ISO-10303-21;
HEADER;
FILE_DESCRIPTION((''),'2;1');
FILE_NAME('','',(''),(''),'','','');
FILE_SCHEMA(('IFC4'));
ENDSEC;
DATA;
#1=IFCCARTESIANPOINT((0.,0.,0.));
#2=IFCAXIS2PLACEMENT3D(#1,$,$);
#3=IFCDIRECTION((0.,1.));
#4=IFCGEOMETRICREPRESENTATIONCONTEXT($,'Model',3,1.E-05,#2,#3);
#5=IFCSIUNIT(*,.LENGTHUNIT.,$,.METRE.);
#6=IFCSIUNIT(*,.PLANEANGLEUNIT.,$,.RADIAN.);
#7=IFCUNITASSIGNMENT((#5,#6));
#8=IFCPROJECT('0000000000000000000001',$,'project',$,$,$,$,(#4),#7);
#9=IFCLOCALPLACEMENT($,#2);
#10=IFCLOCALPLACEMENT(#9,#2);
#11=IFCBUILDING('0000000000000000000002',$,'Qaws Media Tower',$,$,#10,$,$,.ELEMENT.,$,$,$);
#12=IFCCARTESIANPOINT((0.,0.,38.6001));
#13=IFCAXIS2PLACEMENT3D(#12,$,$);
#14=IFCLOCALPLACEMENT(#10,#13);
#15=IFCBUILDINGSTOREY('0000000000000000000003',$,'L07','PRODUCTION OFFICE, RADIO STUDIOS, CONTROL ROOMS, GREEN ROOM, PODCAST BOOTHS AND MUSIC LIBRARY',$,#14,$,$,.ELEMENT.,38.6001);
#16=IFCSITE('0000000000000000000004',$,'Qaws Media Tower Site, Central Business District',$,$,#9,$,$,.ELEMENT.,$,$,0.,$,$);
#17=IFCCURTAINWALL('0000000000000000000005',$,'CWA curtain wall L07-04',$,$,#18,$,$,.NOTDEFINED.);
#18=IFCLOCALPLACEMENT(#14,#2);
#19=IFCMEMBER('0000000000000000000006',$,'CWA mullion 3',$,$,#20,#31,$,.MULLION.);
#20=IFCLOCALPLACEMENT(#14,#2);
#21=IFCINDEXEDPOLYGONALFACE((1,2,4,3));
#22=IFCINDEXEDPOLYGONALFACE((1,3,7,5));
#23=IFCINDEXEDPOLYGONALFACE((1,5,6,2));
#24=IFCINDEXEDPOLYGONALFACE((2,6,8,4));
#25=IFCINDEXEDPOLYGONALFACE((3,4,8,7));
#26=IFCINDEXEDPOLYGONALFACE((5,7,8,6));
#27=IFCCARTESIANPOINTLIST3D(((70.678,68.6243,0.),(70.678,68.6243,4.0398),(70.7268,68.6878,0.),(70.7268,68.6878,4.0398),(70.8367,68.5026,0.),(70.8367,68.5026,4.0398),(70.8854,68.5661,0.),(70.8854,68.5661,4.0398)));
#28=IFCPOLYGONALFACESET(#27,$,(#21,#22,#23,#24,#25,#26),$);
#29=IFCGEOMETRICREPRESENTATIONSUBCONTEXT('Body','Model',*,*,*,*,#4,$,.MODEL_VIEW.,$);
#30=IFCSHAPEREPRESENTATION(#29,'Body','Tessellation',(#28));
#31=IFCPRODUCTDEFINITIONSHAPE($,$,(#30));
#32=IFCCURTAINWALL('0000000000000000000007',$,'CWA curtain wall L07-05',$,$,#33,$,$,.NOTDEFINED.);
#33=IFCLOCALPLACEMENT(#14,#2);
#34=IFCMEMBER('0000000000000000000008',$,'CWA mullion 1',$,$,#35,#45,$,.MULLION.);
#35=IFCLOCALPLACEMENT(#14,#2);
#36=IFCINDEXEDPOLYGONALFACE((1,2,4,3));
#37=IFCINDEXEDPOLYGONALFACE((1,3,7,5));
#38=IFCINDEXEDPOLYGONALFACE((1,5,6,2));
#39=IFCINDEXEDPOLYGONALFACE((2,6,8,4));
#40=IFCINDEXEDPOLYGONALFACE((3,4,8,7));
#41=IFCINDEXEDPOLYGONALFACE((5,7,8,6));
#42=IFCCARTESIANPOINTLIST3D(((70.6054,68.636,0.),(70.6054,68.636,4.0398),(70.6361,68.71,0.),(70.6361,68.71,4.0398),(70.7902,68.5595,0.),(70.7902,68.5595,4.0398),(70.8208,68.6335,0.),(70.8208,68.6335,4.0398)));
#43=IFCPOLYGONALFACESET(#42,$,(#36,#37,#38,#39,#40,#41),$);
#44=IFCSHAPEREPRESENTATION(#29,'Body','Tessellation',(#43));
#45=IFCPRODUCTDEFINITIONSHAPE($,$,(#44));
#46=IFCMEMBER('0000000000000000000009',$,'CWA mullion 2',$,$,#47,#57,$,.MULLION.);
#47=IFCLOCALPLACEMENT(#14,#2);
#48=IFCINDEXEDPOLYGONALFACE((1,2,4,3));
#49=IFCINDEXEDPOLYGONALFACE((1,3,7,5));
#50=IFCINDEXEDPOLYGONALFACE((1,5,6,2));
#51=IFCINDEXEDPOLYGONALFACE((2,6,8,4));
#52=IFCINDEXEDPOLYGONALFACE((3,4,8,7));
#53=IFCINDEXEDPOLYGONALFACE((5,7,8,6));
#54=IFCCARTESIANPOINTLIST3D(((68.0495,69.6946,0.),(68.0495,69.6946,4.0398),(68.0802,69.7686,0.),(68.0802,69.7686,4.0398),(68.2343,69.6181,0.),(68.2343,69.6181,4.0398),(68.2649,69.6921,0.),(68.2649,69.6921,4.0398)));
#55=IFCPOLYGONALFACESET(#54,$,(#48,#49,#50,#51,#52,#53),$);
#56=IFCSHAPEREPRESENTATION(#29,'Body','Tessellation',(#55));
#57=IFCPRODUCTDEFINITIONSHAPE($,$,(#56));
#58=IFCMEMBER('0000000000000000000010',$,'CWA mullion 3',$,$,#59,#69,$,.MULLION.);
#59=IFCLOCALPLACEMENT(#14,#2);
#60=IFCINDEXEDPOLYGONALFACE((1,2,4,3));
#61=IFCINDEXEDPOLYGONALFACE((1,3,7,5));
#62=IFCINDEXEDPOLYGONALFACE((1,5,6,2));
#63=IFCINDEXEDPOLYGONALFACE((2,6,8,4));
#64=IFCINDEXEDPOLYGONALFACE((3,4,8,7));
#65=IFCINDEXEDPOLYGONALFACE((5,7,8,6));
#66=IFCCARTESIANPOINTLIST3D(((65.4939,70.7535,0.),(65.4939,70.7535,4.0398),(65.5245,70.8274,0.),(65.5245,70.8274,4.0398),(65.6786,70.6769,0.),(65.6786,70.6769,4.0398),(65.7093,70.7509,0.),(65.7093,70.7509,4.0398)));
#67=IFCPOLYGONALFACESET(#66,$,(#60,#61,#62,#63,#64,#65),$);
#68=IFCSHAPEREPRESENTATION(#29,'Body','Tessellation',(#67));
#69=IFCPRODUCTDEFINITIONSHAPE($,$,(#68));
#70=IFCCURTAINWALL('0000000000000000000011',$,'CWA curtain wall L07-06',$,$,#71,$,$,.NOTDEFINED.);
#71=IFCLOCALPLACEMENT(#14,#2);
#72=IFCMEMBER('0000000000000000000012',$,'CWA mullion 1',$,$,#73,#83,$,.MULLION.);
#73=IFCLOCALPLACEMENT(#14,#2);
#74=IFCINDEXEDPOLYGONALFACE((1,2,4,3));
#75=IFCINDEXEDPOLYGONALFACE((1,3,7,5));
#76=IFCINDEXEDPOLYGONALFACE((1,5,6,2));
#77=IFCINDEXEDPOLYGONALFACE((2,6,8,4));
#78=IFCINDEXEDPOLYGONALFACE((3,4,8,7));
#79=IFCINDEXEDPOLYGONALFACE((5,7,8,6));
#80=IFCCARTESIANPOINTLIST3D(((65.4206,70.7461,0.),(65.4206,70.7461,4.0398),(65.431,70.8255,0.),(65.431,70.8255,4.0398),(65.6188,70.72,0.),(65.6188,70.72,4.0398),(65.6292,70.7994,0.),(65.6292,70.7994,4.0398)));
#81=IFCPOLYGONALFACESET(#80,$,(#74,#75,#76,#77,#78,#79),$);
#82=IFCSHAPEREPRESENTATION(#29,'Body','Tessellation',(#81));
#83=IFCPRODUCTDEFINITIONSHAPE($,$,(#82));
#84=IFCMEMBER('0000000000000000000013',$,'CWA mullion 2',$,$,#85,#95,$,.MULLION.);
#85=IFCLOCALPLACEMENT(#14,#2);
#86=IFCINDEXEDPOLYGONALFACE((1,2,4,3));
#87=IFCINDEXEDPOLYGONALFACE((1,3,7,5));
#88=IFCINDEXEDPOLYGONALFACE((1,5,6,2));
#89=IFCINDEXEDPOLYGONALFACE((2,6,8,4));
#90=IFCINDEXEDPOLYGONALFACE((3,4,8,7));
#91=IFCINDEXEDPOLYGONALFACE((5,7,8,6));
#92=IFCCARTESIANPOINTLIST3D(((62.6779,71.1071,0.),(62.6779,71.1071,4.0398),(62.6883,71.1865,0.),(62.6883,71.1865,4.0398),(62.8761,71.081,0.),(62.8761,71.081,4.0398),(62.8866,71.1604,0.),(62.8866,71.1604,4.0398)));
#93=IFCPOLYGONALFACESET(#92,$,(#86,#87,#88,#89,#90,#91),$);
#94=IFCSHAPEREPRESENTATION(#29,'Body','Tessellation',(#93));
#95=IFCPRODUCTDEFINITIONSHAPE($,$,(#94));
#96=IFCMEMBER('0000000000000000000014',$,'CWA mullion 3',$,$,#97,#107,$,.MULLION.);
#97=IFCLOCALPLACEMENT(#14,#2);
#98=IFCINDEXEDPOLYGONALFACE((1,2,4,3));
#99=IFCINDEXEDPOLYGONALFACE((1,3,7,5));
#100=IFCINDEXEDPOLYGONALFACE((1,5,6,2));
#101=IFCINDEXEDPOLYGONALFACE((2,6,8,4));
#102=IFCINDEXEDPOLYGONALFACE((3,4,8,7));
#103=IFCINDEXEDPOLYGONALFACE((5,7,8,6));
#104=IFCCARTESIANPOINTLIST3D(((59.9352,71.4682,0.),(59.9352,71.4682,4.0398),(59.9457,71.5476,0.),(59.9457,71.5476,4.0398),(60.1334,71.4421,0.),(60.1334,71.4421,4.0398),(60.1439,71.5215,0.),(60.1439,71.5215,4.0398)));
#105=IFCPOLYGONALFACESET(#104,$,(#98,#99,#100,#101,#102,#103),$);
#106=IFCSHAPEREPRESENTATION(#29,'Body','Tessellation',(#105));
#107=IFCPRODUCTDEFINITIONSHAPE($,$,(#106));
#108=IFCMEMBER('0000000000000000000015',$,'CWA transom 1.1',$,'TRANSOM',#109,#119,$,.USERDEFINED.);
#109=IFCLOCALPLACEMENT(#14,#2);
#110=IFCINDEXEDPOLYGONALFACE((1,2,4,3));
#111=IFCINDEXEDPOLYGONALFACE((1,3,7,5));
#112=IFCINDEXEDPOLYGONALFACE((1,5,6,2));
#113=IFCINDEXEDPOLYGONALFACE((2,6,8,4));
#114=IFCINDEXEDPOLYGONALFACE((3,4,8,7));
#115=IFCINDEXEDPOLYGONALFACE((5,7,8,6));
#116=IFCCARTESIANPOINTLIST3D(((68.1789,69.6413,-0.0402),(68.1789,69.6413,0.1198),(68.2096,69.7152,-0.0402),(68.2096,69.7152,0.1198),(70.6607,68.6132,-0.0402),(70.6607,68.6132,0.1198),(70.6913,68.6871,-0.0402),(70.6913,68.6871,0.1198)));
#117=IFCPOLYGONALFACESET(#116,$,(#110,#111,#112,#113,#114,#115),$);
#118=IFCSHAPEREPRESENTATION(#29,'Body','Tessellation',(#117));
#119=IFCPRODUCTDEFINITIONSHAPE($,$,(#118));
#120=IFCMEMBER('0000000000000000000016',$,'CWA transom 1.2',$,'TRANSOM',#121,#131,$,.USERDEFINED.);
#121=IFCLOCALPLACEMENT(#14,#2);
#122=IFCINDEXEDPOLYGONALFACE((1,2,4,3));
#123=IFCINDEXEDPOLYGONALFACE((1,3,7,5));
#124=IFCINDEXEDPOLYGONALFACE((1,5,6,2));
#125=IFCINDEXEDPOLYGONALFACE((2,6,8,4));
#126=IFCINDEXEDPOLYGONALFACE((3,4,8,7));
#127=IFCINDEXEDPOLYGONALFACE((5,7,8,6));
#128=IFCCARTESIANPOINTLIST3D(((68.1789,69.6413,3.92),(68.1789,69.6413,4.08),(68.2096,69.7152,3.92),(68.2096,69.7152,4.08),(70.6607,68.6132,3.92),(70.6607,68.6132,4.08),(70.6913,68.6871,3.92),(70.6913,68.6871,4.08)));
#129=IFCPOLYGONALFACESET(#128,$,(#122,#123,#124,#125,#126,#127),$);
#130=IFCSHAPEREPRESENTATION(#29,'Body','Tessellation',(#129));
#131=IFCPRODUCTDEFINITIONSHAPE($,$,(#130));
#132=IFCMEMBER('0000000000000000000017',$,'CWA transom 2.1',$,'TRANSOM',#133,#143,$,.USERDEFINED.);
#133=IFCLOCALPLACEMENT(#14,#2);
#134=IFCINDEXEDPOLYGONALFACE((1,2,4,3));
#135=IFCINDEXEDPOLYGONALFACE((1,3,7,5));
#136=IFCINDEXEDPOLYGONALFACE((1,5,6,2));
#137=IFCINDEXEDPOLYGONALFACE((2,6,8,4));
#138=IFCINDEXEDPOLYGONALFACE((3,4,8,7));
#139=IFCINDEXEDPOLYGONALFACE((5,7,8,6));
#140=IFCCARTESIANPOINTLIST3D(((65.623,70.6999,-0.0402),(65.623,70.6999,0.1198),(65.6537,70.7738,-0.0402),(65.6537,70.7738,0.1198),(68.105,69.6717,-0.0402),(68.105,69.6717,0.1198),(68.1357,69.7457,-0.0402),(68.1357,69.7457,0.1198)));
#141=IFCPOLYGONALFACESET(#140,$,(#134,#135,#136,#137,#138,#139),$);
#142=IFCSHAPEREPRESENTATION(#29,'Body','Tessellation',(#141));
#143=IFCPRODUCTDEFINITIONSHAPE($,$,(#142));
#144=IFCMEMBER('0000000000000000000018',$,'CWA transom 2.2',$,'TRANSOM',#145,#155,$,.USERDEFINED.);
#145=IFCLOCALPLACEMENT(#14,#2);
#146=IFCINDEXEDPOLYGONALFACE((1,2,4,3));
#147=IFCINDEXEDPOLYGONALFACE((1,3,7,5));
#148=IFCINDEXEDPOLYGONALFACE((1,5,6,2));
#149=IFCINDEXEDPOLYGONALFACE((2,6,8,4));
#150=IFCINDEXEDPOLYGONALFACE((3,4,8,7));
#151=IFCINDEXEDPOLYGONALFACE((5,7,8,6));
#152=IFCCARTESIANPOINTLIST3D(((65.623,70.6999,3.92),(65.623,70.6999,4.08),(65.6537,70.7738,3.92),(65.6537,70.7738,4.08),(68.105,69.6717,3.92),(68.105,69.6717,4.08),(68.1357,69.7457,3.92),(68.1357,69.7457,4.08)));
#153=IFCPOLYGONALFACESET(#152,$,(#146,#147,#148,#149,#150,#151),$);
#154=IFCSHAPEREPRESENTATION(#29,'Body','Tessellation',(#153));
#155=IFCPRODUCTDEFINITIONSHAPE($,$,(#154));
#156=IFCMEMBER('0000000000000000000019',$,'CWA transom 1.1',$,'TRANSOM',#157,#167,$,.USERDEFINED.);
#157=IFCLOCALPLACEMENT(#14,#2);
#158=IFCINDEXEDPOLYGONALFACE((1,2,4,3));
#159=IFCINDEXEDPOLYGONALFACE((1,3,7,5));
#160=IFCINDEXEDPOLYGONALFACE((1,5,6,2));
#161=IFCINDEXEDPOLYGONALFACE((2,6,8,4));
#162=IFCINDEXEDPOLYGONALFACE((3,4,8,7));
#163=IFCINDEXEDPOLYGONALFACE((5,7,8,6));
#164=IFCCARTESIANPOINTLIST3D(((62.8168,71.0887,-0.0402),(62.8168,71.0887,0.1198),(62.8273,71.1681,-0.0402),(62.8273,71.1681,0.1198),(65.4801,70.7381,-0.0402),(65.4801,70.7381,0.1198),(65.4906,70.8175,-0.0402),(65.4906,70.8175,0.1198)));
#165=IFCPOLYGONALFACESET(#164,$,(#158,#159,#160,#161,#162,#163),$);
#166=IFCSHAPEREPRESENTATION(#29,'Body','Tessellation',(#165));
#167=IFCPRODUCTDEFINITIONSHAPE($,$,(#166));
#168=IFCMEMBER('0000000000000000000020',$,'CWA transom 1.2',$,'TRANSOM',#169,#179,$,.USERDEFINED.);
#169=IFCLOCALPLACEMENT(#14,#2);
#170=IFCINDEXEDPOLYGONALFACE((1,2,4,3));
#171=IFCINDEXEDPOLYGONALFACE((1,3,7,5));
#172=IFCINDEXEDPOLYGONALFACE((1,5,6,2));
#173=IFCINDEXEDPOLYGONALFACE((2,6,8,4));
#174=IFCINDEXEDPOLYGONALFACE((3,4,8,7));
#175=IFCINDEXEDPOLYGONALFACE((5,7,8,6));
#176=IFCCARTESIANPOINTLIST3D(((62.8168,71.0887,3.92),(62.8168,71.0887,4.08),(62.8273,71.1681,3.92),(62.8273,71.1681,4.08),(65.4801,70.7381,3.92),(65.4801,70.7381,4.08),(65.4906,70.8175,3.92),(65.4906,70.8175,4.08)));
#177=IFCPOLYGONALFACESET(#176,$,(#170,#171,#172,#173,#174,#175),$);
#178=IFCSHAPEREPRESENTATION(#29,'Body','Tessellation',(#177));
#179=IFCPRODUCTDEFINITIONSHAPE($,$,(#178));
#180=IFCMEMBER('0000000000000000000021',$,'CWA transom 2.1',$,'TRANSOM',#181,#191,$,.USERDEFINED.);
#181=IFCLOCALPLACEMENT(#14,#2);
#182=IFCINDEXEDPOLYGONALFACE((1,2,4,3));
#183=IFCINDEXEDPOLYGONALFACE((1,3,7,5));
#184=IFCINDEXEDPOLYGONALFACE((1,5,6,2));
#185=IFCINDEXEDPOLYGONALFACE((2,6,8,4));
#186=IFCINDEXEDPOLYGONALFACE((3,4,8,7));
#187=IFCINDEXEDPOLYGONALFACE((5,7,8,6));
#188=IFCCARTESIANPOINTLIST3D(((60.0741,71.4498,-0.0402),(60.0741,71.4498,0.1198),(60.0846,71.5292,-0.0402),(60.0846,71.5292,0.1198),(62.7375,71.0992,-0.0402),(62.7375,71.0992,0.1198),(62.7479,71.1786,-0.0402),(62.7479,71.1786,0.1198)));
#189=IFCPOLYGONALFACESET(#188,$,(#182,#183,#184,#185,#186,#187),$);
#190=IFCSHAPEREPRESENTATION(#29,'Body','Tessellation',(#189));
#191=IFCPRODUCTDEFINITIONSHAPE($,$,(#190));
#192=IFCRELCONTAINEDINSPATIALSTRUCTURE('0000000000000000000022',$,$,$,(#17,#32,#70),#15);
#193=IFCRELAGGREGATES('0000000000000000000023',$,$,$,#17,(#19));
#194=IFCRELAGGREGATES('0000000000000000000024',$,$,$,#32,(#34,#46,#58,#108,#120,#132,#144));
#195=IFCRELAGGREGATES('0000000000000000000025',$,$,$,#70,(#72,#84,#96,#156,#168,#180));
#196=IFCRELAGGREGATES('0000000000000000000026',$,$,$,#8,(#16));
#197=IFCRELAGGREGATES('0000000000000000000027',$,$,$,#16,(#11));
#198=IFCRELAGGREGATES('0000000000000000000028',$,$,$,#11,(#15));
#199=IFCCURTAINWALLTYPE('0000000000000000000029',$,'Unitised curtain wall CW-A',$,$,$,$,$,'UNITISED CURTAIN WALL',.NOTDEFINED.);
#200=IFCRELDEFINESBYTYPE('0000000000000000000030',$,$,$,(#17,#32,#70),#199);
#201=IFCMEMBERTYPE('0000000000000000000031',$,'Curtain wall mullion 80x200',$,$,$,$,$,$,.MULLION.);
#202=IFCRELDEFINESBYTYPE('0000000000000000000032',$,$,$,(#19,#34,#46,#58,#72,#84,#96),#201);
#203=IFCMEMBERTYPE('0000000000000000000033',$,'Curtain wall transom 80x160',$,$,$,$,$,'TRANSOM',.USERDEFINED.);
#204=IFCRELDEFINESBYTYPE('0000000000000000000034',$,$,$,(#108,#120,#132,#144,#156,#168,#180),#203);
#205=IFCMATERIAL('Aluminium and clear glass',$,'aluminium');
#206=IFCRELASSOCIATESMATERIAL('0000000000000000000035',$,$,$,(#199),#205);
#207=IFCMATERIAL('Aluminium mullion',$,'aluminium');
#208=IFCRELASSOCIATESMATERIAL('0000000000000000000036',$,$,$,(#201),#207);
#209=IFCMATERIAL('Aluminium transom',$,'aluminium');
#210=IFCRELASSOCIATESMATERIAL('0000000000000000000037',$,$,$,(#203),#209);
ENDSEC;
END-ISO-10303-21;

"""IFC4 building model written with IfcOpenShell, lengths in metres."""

from ifc_helpers import new_model, si_unit, direction, frame, origin, origin_2d, place, context, subcontext, project, spatial, rectangle, extrude, material, material_profile, profile_set, type_object, element, aggregate, save


model = new_model("IFC4")

# Units and contexts
model_context = context("Model", 3, precision=1e-05, world=origin(), true_north=direction((0.0, 1.0)))
body_context = subcontext(model_context, "Body", "Model", "MODEL_VIEW")
ifc_project = project(units=[si_unit("LENGTHUNIT", "METRE"), si_unit("PLANEANGLEUNIT", "RADIAN")], contexts=[model_context])

# Site, building, storey
site_placement = place(None, origin())
site = spatial("IfcSite", under=ifc_project, at=site_placement, Name="Qaws Media Tower Site, Central Business District", CompositionType="ELEMENT", RefElevation=0.0)
building_placement = place(site_placement, origin())
building = spatial("IfcBuilding", under=site, at=building_placement, Name="Qaws Media Tower", CompositionType="ELEMENT")
storey_placement = place(building_placement, frame((0.0, 0.0, 38.6001)))
storey = spatial("IfcBuildingStorey", under=building, at=storey_placement, Name="L07", Description="PRODUCTION OFFICE, RADIO STUDIOS, CONTROL ROOMS, GREEN ROOM, PODCAST BOOTHS AND MUSIC LIBRARY", CompositionType="ELEMENT", Elevation=38.6001)

# Curtain wall, member
ifc_material_1 = material(Name="Aluminium and clear glass", Category="aluminium")
curtain_wall_type = type_object("IfcCurtainWallType", Name="Unitised curtain wall CW-A", ElementType="UNITISED CURTAIN WALL", PredefinedType="NOTDEFINED", material=ifc_material_1)
curtain_wall_1_placement = place(storey_placement, origin())
curtain_wall_1 = element("IfcCurtainWall", 1, at=curtain_wall_1_placement, inside=storey, type_object=curtain_wall_type, Name="CWA curtain wall L07-04", PredefinedType="NOTDEFINED")
ifc_material_2 = material(Name="Aluminium mullion", Category="aluminium")
ifc_material_profile_1 = material_profile(ifc_material_2, rectangle(XDim=0.0801, YDim=0.2, at=origin_2d()), Name="80x200")
ifc_profile_set_1 = profile_set([ifc_material_profile_1], Name="Aluminium mullion")
member_type_1 = type_object("IfcMemberType", Name="Curtain wall mullion 80x200", PredefinedType="MULLION", material=ifc_profile_set_1)
member_1_placement = place(storey_placement, frame((70.7817, 68.5952, 0.0), z_axis=(0.0, 0.0, 1.0), x_axis=(-0.608761, -0.793353, 0.0)))
member_1 = element("IfcMember", 2, at=member_1_placement, type_object=member_type_1, Name="CWA mullion 3", PredefinedType="MULLION", context=body_context, shape_type="SweptSolid", body=[
    extrude(rectangle(XDim=0.0801, YDim=0.2, at=origin_2d()), origin(), (0.0, 0.0, 1.0), 4.0398),
])
aggregate(curtain_wall_1, [member_1])

# Curtain walls, members
curtain_wall_2_placement = place(storey_placement, origin())
curtain_wall_2 = element("IfcCurtainWall", 3, at=curtain_wall_2_placement, inside=storey, type_object=curtain_wall_type, Name="CWA curtain wall L07-05", PredefinedType="NOTDEFINED")
member_2_placement = place(storey_placement, frame((70.7131, 68.6348, 0.0), z_axis=(0.0, 0.0, 1.0), x_axis=(-0.382683, -0.92388, 0.0)))
member_2 = element("IfcMember", 4, at=member_2_placement, type_object=member_type_1, Name="CWA mullion 1", PredefinedType="MULLION", context=body_context, shape_type="SweptSolid", body=[
    extrude(rectangle(XDim=0.0801, YDim=0.2, at=origin_2d()), origin(), (0.0, 0.0, 1.0), 4.0398),
])
member_3_placement = place(storey_placement, frame((68.1572, 69.6934, 0.0), z_axis=(0.0, 0.0, 1.0), x_axis=(-0.382683, -0.92388, 0.0)))
member_3 = element("IfcMember", 5, at=member_3_placement, type_object=member_type_1, Name="CWA mullion 2", PredefinedType="MULLION", context=body_context, shape_type="SweptSolid", body=[
    extrude(rectangle(XDim=0.0801, YDim=0.2, at=origin_2d()), origin(), (0.0, 0.0, 1.0), 4.0398),
])
member_4_placement = place(storey_placement, frame((65.6016, 70.7522, 0.0), z_axis=(0.0, 0.0, 1.0), x_axis=(-0.382683, -0.92388, 0.0)))
member_4 = element("IfcMember", 6, at=member_4_placement, type_object=member_type_1, Name="CWA mullion 3", PredefinedType="MULLION", context=body_context, shape_type="SweptSolid", body=[
    extrude(rectangle(XDim=0.0801, YDim=0.2, at=origin_2d()), origin(), (0.0, 0.0, 1.0), 4.0398),
])
curtain_wall_3_placement = place(storey_placement, origin())
curtain_wall_3 = element("IfcCurtainWall", 7, at=curtain_wall_3_placement, inside=storey, type_object=curtain_wall_type, Name="CWA curtain wall L07-06", PredefinedType="NOTDEFINED")
member_5_placement = place(storey_placement, frame((65.5249, 70.7727, 0.0), z_axis=(0.0, 0.0, 1.0), x_axis=(-0.130526, -0.991445, 0.0)))
member_5 = element("IfcMember", 8, at=member_5_placement, type_object=member_type_1, Name="CWA mullion 1", PredefinedType="MULLION", context=body_context, shape_type="SweptSolid", body=[
    extrude(rectangle(XDim=0.0801, YDim=0.2, at=origin_2d()), origin(), (0.0, 0.0, 1.0), 4.0398),
])
member_6_placement = place(storey_placement, frame((62.7822, 71.1338, 0.0), z_axis=(0.0, 0.0, 1.0), x_axis=(-0.130526, -0.991445, 0.0)))
member_6 = element("IfcMember", 9, at=member_6_placement, type_object=member_type_1, Name="CWA mullion 2", PredefinedType="MULLION", context=body_context, shape_type="SweptSolid", body=[
    extrude(rectangle(XDim=0.0801, YDim=0.2, at=origin_2d()), origin(), (0.0, 0.0, 1.0), 4.0398),
])
member_7_placement = place(storey_placement, frame((60.0396, 71.4949, 0.0), z_axis=(0.0, 0.0, 1.0), x_axis=(-0.130526, -0.991445, 0.0)))
member_7 = element("IfcMember", 10, at=member_7_placement, type_object=member_type_1, Name="CWA mullion 3", PredefinedType="MULLION", context=body_context, shape_type="SweptSolid", body=[
    extrude(rectangle(XDim=0.0801, YDim=0.2, at=origin_2d()), origin(), (0.0, 0.0, 1.0), 4.0398),
])

# Members
ifc_material_3 = material(Name="Aluminium transom", Category="aluminium")
ifc_material_profile_2 = material_profile(ifc_material_3, rectangle(XDim=0.0801, YDim=0.1599, at=origin_2d()), Name="80x160")
ifc_profile_set_2 = profile_set([ifc_material_profile_2], Name="Aluminium transom")
member_type_2 = type_object("IfcMemberType", Name="Curtain wall transom 80x160", ElementType="TRANSOM", PredefinedType="USERDEFINED", material=ifc_profile_set_2)
member_8_placement = place(storey_placement, frame((70.676, 68.6501, 0.0398), z_axis=(-0.923863, 0.382724, 0.0), x_axis=(-0.382724, -0.923863, 0.0)))
member_8 = element("IfcMember", 11, at=member_8_placement, type_object=member_type_2, Name="CWA transom 1.1", ObjectType="TRANSOM", PredefinedType="USERDEFINED", context=body_context, shape_type="SweptSolid", body=[
    extrude(rectangle(XDim=0.0801, YDim=0.1599, at=origin_2d()), origin(), (0.0, 0.0, 1.0), 2.6863),
])
member_9_placement = place(storey_placement, frame((70.676, 68.6501, 4.0), z_axis=(-0.923863, 0.382724, 0.0), x_axis=(-0.382724, -0.923863, 0.0)))
member_9 = element("IfcMember", 12, at=member_9_placement, type_object=member_type_2, Name="CWA transom 1.2", ObjectType="TRANSOM", PredefinedType="USERDEFINED", context=body_context, shape_type="SweptSolid", body=[
    extrude(rectangle(XDim=0.0801, YDim=0.1599, at=origin_2d()), origin(), (0.0, 0.0, 1.0), 2.6863),
])
member_10_placement = place(storey_placement, frame((68.1204, 69.7087, 0.0398), z_axis=(-0.923876, 0.382692, 0.0), x_axis=(-0.382692, -0.923876, 0.0)))
member_10 = element("IfcMember", 13, at=member_10_placement, type_object=member_type_2, Name="CWA transom 2.1", ObjectType="TRANSOM", PredefinedType="USERDEFINED", context=body_context, shape_type="SweptSolid", body=[
    extrude(rectangle(XDim=0.0801, YDim=0.1599, at=origin_2d()), origin(), (0.0, 0.0, 1.0), 2.6865),
])
member_11_placement = place(storey_placement, frame((68.1204, 69.7087, 4.0), z_axis=(-0.923876, 0.382692, 0.0), x_axis=(-0.382692, -0.923876, 0.0)))
member_11 = element("IfcMember", 14, at=member_11_placement, type_object=member_type_2, Name="CWA transom 2.2", ObjectType="TRANSOM", PredefinedType="USERDEFINED", context=body_context, shape_type="SweptSolid", body=[
    extrude(rectangle(XDim=0.0801, YDim=0.1599, at=origin_2d()), origin(), (0.0, 0.0, 1.0), 2.6865),
])
member_12_placement = place(storey_placement, frame((65.4854, 70.7778, 0.0398), z_axis=(-0.991447, 0.130509, 0.0), x_axis=(-0.130509, -0.991447, 0.0)))
member_12 = element("IfcMember", 15, at=member_12_placement, type_object=member_type_2, Name="CWA transom 1.1", ObjectType="TRANSOM", PredefinedType="USERDEFINED", context=body_context, shape_type="SweptSolid", body=[
    extrude(rectangle(XDim=0.0801, YDim=0.1599, at=origin_2d()), origin(), (0.0, 0.0, 1.0), 2.6863),
])
member_13_placement = place(storey_placement, frame((65.4854, 70.7778, 4.0), z_axis=(-0.991447, 0.130509, 0.0), x_axis=(-0.130509, -0.991447, 0.0)))
member_13 = element("IfcMember", 16, at=member_13_placement, type_object=member_type_2, Name="CWA transom 1.2", ObjectType="TRANSOM", PredefinedType="USERDEFINED", context=body_context, shape_type="SweptSolid", body=[
    extrude(rectangle(XDim=0.0801, YDim=0.1599, at=origin_2d()), origin(), (0.0, 0.0, 1.0), 2.6863),
])
member_14_placement = place(storey_placement, frame((62.7427, 71.1389, 0.0398), z_axis=(-0.991447, 0.130509, 0.0), x_axis=(-0.130509, -0.991447, 0.0)))
member_14 = element("IfcMember", 17, at=member_14_placement, type_object=member_type_2, Name="CWA transom 2.1", ObjectType="TRANSOM", PredefinedType="USERDEFINED", context=body_context, shape_type="SweptSolid", body=[
    extrude(rectangle(XDim=0.0801, YDim=0.1599, at=origin_2d()), origin(), (0.0, 0.0, 1.0), 2.6863),
])

aggregate(curtain_wall_2, [member_2, member_3, member_4, member_8, member_9, member_10, member_11])
aggregate(curtain_wall_3, [member_5, member_6, member_7, member_12, member_13, member_14])

save(model, "model.ifc")
